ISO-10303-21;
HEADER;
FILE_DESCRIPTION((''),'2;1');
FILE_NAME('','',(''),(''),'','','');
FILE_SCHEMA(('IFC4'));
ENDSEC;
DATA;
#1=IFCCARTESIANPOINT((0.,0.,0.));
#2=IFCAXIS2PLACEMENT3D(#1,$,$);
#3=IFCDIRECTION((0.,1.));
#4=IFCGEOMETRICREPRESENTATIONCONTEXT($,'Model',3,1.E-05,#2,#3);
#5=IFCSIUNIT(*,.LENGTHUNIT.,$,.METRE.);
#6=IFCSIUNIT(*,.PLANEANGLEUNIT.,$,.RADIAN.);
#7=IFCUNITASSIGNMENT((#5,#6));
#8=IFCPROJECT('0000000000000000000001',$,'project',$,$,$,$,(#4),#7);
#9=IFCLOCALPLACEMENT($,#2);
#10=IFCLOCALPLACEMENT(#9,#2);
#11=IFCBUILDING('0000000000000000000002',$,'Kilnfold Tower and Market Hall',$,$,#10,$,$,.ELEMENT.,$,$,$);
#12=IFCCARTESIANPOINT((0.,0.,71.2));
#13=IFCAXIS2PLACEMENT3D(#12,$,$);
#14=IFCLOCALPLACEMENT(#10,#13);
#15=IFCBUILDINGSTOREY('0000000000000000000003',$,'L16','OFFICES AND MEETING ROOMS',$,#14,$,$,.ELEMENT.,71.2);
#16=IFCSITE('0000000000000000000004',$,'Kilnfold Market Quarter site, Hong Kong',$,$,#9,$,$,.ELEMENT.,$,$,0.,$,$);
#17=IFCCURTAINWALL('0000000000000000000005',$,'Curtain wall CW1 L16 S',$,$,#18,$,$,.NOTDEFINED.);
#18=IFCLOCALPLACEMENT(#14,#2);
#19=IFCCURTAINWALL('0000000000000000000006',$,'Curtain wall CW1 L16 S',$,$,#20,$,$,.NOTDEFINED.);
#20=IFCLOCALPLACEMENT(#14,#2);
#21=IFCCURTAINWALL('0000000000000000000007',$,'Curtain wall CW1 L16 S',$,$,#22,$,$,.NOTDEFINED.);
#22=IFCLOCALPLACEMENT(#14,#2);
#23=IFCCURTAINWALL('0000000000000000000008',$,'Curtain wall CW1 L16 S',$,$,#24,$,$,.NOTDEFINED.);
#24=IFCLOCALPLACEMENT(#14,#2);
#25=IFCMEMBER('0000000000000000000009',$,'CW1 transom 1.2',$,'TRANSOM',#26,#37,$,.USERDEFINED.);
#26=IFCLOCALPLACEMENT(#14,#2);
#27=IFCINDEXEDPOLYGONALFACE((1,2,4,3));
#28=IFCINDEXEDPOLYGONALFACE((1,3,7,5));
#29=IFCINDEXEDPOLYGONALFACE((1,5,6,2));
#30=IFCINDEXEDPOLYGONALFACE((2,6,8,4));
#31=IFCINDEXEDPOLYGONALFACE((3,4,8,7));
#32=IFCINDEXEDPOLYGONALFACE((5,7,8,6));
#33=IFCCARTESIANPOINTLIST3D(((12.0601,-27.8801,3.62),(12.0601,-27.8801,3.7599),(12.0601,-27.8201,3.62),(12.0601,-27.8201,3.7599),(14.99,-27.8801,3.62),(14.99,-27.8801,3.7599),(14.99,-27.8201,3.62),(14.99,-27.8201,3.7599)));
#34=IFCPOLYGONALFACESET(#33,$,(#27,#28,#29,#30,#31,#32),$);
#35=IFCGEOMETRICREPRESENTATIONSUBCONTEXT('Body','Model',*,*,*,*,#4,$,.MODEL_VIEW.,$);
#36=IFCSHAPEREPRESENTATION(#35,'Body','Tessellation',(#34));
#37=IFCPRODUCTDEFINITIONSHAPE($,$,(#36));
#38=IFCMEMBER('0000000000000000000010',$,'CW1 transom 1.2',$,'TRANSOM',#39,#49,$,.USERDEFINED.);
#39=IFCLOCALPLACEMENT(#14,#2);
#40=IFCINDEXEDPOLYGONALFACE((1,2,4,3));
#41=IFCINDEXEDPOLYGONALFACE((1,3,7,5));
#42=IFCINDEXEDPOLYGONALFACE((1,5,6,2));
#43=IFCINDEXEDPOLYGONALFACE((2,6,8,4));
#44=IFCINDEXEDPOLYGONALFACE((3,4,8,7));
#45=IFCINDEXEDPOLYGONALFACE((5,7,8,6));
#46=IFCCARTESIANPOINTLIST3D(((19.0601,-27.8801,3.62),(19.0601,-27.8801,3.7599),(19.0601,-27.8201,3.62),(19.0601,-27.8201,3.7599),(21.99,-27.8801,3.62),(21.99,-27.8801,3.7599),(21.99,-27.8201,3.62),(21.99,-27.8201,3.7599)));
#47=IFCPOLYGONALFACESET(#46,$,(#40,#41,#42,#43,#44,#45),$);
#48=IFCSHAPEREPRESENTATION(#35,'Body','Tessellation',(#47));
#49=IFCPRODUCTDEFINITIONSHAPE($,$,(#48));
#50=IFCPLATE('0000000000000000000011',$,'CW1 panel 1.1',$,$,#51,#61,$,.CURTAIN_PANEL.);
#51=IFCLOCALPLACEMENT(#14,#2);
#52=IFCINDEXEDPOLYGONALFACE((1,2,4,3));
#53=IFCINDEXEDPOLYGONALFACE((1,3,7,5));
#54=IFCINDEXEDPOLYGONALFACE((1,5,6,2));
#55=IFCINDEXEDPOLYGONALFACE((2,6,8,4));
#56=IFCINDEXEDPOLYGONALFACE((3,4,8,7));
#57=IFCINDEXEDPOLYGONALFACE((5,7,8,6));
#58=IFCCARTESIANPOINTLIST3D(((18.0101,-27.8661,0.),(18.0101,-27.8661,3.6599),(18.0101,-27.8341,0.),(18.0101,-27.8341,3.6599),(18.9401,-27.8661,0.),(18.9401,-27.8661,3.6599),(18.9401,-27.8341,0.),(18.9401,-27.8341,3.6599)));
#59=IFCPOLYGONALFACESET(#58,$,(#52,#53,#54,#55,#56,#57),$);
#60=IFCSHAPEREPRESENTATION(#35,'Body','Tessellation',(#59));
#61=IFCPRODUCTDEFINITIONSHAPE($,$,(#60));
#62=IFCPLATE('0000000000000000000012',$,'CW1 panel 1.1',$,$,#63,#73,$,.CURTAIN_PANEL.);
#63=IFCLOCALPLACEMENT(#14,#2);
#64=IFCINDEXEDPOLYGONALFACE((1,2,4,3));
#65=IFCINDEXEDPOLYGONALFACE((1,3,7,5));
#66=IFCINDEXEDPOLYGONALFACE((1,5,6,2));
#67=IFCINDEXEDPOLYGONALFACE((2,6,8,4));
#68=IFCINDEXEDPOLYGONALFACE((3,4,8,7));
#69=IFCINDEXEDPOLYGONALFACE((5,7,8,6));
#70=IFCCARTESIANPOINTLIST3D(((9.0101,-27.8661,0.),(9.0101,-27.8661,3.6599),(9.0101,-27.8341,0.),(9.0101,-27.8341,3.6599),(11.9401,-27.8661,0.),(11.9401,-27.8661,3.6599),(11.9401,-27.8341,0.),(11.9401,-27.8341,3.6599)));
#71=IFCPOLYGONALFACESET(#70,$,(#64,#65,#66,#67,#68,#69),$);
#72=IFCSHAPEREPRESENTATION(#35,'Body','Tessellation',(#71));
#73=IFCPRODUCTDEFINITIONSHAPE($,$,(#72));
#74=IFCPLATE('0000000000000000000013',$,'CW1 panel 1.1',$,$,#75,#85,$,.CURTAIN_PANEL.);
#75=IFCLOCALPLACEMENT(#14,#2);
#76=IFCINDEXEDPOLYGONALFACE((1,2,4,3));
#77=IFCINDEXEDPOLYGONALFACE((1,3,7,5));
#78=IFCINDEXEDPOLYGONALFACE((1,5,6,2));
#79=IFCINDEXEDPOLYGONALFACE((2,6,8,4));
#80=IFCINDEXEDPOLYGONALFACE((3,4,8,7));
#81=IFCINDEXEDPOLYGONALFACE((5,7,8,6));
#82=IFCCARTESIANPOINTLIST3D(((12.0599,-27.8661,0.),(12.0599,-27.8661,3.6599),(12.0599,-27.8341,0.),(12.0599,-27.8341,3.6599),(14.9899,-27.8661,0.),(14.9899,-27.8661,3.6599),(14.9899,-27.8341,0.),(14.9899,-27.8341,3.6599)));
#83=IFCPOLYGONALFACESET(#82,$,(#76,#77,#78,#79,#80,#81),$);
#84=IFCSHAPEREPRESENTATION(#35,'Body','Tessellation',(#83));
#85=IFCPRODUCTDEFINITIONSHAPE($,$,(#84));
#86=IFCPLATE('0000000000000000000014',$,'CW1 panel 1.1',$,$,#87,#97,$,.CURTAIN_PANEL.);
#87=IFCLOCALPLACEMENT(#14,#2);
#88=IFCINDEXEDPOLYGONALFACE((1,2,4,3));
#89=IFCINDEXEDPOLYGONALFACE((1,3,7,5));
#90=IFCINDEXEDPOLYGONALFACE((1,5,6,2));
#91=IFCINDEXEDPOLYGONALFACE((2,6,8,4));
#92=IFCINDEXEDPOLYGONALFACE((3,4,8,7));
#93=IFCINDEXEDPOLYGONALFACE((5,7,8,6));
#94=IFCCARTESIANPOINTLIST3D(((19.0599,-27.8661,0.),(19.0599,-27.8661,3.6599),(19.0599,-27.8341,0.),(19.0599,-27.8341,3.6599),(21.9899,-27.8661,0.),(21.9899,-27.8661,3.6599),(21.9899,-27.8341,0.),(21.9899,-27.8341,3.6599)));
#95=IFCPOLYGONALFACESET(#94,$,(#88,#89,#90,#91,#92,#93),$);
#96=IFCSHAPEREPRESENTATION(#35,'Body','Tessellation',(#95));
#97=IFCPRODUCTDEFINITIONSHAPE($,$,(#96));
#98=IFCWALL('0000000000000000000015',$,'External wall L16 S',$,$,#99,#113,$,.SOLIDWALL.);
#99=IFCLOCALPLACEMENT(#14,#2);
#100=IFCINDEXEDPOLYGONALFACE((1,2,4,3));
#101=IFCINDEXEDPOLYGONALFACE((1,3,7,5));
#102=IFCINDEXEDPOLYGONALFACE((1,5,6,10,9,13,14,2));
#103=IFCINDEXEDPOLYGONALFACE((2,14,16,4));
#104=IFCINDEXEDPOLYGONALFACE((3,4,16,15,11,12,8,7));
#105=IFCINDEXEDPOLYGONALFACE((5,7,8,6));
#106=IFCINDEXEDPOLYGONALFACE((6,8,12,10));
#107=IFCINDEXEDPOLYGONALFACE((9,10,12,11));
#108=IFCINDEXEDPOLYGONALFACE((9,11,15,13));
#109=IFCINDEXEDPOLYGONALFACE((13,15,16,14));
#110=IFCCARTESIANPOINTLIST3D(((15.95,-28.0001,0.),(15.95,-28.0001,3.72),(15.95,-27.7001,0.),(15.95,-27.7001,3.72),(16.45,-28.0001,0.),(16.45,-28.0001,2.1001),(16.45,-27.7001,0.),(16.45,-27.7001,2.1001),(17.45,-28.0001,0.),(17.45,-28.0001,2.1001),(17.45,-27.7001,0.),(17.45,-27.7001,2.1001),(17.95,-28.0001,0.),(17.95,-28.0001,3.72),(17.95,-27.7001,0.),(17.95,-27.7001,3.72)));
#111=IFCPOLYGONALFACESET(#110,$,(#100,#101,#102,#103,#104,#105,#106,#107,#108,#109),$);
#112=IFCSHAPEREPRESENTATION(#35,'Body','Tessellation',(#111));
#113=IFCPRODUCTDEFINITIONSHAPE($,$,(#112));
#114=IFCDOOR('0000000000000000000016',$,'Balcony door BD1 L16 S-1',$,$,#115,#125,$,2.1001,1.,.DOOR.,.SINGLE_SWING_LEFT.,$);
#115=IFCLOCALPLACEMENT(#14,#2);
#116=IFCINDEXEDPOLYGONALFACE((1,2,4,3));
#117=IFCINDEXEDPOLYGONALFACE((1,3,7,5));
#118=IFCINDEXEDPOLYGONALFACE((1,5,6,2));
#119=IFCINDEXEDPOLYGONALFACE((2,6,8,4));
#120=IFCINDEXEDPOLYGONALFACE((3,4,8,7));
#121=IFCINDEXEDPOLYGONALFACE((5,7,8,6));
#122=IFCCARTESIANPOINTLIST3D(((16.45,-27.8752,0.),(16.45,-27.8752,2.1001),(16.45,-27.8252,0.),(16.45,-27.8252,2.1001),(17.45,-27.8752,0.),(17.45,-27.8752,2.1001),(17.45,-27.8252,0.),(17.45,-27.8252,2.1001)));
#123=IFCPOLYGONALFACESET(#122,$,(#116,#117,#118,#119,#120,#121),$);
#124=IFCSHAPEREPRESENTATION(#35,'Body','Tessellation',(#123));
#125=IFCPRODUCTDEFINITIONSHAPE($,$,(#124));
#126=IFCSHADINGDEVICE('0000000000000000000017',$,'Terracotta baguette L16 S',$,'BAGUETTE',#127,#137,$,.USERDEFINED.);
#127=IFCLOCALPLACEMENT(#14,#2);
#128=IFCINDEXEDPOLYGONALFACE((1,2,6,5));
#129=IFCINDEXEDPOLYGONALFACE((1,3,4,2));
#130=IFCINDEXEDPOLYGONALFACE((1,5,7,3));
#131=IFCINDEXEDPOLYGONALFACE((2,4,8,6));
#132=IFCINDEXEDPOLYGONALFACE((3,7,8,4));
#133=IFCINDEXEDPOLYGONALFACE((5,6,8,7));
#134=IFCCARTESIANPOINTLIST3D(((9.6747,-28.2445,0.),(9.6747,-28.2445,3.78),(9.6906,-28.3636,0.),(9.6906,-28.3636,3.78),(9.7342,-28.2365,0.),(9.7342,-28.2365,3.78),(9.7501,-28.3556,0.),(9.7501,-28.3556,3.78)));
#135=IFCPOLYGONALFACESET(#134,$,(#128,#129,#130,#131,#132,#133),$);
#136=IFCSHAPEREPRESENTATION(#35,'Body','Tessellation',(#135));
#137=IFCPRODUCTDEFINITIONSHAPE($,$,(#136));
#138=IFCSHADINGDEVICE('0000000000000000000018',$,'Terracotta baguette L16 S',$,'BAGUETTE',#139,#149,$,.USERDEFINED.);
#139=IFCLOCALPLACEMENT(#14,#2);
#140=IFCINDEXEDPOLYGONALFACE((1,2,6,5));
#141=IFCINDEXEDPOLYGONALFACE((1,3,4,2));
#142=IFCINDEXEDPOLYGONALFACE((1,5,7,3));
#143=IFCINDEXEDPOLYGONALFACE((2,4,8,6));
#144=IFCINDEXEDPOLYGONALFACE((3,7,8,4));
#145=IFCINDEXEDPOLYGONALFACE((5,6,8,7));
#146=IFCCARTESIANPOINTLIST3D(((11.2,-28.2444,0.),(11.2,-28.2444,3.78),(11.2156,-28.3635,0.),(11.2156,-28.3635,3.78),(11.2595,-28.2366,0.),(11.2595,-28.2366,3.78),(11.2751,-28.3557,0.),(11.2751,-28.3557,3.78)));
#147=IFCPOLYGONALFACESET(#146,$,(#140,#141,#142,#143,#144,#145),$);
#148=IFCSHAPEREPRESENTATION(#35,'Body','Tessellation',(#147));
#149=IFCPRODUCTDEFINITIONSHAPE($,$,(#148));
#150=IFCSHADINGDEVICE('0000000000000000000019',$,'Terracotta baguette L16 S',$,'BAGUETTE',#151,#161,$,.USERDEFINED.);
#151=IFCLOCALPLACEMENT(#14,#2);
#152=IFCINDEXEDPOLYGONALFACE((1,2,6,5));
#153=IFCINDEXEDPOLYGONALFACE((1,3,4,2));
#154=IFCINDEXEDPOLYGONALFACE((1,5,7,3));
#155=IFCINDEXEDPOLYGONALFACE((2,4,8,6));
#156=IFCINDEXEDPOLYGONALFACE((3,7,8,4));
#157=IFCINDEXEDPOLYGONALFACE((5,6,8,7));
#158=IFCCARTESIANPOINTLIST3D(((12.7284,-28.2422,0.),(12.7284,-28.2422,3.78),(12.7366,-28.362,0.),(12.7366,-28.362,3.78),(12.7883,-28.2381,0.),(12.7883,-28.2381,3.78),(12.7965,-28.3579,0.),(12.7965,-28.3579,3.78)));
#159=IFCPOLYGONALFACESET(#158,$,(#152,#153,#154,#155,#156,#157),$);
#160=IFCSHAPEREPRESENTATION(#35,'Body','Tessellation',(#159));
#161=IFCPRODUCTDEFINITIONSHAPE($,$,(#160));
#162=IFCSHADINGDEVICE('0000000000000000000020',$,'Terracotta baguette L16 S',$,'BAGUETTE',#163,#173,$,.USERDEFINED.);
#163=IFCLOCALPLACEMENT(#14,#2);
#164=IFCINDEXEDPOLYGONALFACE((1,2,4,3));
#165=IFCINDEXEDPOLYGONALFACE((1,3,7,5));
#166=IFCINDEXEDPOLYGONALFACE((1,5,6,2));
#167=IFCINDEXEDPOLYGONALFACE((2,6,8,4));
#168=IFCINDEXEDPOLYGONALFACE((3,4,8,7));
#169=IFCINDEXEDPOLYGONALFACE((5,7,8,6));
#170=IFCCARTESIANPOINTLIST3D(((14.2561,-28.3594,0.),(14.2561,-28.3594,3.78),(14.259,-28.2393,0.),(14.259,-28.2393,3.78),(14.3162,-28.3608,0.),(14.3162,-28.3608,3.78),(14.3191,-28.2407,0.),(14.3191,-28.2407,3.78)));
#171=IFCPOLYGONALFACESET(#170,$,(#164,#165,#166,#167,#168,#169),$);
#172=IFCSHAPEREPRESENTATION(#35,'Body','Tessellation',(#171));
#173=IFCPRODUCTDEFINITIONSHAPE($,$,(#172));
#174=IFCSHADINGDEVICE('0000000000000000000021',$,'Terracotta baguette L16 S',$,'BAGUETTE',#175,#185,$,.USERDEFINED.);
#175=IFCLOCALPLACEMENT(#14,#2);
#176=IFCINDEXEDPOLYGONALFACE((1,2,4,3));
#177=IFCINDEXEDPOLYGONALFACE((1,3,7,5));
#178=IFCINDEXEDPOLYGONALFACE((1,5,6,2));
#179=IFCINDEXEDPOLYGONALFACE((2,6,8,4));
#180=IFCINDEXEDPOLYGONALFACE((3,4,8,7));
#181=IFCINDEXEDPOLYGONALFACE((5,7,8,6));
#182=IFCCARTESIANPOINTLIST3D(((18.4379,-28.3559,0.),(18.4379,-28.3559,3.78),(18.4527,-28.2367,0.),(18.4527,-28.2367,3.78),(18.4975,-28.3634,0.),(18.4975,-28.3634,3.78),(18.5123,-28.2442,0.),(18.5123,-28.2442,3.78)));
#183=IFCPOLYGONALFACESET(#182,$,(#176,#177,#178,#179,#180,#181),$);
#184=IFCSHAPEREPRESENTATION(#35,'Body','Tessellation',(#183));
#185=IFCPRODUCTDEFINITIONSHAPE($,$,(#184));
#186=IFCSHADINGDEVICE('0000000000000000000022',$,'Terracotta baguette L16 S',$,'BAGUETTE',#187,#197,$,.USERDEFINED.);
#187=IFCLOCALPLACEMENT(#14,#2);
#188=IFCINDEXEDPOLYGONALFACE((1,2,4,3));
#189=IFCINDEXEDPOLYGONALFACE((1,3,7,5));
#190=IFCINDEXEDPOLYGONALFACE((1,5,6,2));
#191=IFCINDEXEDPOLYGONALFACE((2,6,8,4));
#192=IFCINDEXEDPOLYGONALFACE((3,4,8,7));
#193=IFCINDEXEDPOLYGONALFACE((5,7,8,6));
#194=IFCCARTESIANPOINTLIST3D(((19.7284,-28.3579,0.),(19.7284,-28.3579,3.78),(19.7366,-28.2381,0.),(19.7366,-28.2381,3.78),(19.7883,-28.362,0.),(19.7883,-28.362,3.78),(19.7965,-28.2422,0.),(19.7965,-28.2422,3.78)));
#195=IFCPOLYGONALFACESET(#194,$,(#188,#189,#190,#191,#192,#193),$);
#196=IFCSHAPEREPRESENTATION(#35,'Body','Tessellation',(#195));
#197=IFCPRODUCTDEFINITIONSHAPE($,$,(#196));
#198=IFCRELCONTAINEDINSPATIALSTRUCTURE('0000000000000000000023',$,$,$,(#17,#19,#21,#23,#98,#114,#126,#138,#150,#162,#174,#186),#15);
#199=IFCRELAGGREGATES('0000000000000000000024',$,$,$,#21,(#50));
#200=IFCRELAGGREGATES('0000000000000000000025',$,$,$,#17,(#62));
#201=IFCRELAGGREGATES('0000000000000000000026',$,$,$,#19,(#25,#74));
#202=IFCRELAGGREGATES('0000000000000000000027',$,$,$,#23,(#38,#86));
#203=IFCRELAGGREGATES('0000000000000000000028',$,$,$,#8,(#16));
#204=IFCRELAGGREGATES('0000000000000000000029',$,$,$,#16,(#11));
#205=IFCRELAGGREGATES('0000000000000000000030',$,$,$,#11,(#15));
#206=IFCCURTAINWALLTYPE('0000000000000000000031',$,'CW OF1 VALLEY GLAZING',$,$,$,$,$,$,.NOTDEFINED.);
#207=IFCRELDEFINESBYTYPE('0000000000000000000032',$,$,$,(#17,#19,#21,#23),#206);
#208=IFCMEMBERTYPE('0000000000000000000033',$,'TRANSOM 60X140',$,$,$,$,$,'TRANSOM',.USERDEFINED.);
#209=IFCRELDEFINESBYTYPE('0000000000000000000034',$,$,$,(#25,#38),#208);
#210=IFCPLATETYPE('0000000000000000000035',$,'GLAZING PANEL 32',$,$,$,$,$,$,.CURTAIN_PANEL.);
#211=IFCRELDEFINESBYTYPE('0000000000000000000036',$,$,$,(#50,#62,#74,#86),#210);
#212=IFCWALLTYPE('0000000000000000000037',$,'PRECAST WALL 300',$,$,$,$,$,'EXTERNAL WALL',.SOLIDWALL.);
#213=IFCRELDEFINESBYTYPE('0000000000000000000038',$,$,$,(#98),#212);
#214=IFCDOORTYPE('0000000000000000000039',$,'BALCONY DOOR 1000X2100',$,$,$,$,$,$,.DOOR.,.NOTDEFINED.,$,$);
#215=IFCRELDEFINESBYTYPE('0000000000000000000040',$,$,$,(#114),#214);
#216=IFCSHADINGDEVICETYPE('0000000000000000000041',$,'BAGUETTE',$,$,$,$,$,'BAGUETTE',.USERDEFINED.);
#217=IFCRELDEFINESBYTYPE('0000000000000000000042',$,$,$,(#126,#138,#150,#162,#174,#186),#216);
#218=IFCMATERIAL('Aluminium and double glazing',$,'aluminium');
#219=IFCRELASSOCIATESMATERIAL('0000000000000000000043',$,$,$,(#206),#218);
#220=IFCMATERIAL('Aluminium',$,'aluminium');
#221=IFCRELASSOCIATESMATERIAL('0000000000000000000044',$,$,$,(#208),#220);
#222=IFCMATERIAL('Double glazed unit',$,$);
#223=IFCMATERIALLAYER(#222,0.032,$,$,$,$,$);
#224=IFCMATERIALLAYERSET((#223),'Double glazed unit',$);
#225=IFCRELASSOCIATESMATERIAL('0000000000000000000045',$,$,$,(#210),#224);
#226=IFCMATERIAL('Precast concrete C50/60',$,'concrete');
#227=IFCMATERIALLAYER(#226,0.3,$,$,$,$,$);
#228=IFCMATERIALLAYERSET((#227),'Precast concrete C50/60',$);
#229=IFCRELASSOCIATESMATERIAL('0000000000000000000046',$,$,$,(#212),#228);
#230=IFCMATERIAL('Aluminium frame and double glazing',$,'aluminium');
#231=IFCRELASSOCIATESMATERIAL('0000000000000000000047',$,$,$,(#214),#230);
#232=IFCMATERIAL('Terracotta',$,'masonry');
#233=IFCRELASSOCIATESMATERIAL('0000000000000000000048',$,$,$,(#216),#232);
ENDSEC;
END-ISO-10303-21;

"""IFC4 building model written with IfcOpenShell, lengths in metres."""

from ifc_helpers import new_model, si_unit, direction, frame, frame_2d, origin, origin_2d, place, context, subcontext, project, spatial, rectangle, extrude, source, transform, mapped, material, layer, layer_set, material_profile, profile_set, type_object, element, fill, aggregate, save


model = new_model("IFC4")

# Units and contexts
model_context = context("Model", 3, precision=1e-05, world=origin(), true_north=direction((0.0, 1.0)))
body_context = subcontext(model_context, "Body", "Model", "MODEL_VIEW")
ifc_project = project(units=[si_unit("LENGTHUNIT", "METRE"), si_unit("PLANEANGLEUNIT", "RADIAN")], contexts=[model_context])

# Site, building, storey
site_placement = place(None, origin())
site = spatial("IfcSite", under=ifc_project, at=site_placement, Name="Kilnfold Market Quarter site, Hong Kong", CompositionType="ELEMENT", RefElevation=0.0)
building_placement = place(site_placement, origin())
building = spatial("IfcBuilding", under=site, at=building_placement, Name="Kilnfold Tower and Market Hall", CompositionType="ELEMENT")
storey_placement = place(building_placement, frame((0.0, 0.0, 71.2)))
storey = spatial("IfcBuildingStorey", under=building, at=storey_placement, Name="L16", Description="OFFICES AND MEETING ROOMS", CompositionType="ELEMENT", Elevation=71.2)

# Shared definitions
ifc_material_1 = material(Name="Aluminium and double glazing", Category="aluminium")
curtain_wall_type = type_object("IfcCurtainWallType", Name="CW OF1 VALLEY GLAZING", PredefinedType="NOTDEFINED", material=ifc_material_1)

# Curtain walls
curtain_wall_1_placement = place(storey_placement, origin())
curtain_wall_1 = element("IfcCurtainWall", 1, at=curtain_wall_1_placement, inside=storey, type_object=curtain_wall_type, Name="Curtain wall CW1 L16 S", PredefinedType="NOTDEFINED")
curtain_wall_2_placement = place(storey_placement, origin())
curtain_wall_2 = element("IfcCurtainWall", 2, at=curtain_wall_2_placement, inside=storey, type_object=curtain_wall_type, Name="Curtain wall CW1 L16 S", PredefinedType="NOTDEFINED")
curtain_wall_3_placement = place(storey_placement, origin())
curtain_wall_3 = element("IfcCurtainWall", 3, at=curtain_wall_3_placement, inside=storey, type_object=curtain_wall_type, Name="Curtain wall CW1 L16 S", PredefinedType="NOTDEFINED")
curtain_wall_4_placement = place(storey_placement, origin())
curtain_wall_4 = element("IfcCurtainWall", 4, at=curtain_wall_4_placement, inside=storey, type_object=curtain_wall_type, Name="Curtain wall CW1 L16 S", PredefinedType="NOTDEFINED")

# Members
ifc_material_2 = material(Name="Aluminium", Category="aluminium")
ifc_material_profile_1 = material_profile(ifc_material_2, rectangle(XDim=0.0601, YDim=0.1399, at=origin_2d()), Name="TRANSOM 60x140")
ifc_profile_set_1 = profile_set([ifc_material_profile_1], Name="Aluminium")
member_type_1 = type_object("IfcMemberType", Name="TRANSOM 60X140", ElementType="TRANSOM", PredefinedType="USERDEFINED", material=ifc_profile_set_1)
shared_shape_1 = source(origin(), body_context, "Body", "SweptSolid", [
    extrude(rectangle(XDim=0.0601, YDim=0.1399, at=origin_2d()), origin(), (0.0, 0.0, 1.0), 2.9299),
])
member_1_placement = place(storey_placement, frame((12.0601, -27.8501, 3.6899), z_axis=(1.0, 0.0, 0.0), x_axis=(0.0, 1.0, 0.0)))
member_1 = element("IfcMember", 5, at=member_1_placement, type_object=member_type_1, Name="CW1 transom 1.2", ObjectType="TRANSOM", PredefinedType="USERDEFINED", context=body_context, shape_type="MappedRepresentation", body=[
    mapped(shared_shape_1, transform((0.0, 0.0, 0.0))),
])
member_2_placement = place(storey_placement, frame((19.0601, -27.8501, 3.6899), z_axis=(1.0, 0.0, 0.0), x_axis=(0.0, 1.0, 0.0)))
member_2 = element("IfcMember", 6, at=member_2_placement, type_object=member_type_1, Name="CW1 transom 1.2", ObjectType="TRANSOM", PredefinedType="USERDEFINED", context=body_context, shape_type="MappedRepresentation", body=[
    mapped(shared_shape_1, transform((0.0, 0.0, 0.0))),
])

# Plates
ifc_material_3 = material(Name="Double glazed unit")
ifc_layer_1 = layer(ifc_material_3, 0.032)
ifc_layer_set_1 = layer_set([ifc_layer_1], Name="Double glazed unit")
plate_type = type_object("IfcPlateType", Name="GLAZING PANEL 32", PredefinedType="CURTAIN_PANEL", material=ifc_layer_set_1)
shared_shape_2 = source(origin(), body_context, "Body", "SweptSolid", [
    extrude(rectangle(XDim=0.9299, YDim=0.032, at=origin_2d()), origin(), (0.0, 0.0, 1.0), 3.6599),
])
plate_1_placement = place(storey_placement, frame((18.4751, -27.8501, 0.0), z_axis=(0.0, 0.0, 1.0), x_axis=(1.0, 0.0, 0.0)))
plate_1 = element("IfcPlate", 7, at=plate_1_placement, type_object=plate_type, Name="CW1 panel 1.1", PredefinedType="CURTAIN_PANEL", context=body_context, shape_type="MappedRepresentation", body=[
    mapped(shared_shape_2, transform((0.0, 0.0, 0.0))),
])
aggregate(curtain_wall_3, [plate_1])
shared_shape_3 = source(origin(), body_context, "Body", "SweptSolid", [
    extrude(rectangle(XDim=2.9299, YDim=0.032, at=origin_2d()), origin(), (0.0, 0.0, 1.0), 3.6599),
])
plate_2_placement = place(storey_placement, frame((10.4751, -27.8501, 0.0), z_axis=(0.0, 0.0, 1.0), x_axis=(1.0, 0.0, 0.0)))
plate_2 = element("IfcPlate", 8, at=plate_2_placement, type_object=plate_type, Name="CW1 panel 1.1", PredefinedType="CURTAIN_PANEL", context=body_context, shape_type="MappedRepresentation", body=[
    mapped(shared_shape_3, transform((0.0, 0.0, 0.0))),
])
aggregate(curtain_wall_1, [plate_2])
plate_3_placement = place(storey_placement, frame((13.5249, -27.8501, 0.0), z_axis=(0.0, 0.0, 1.0), x_axis=(1.0, 0.0, 0.0)))
plate_3 = element("IfcPlate", 9, at=plate_3_placement, type_object=plate_type, Name="CW1 panel 1.1", PredefinedType="CURTAIN_PANEL", context=body_context, shape_type="MappedRepresentation", body=[
    mapped(shared_shape_3, transform((0.0, 0.0, 0.0))),
])
aggregate(curtain_wall_2, [member_1, plate_3])
plate_4_placement = place(storey_placement, frame((20.5249, -27.8501, 0.0), z_axis=(0.0, 0.0, 1.0), x_axis=(1.0, 0.0, 0.0)))
plate_4 = element("IfcPlate", 10, at=plate_4_placement, type_object=plate_type, Name="CW1 panel 1.1", PredefinedType="CURTAIN_PANEL", context=body_context, shape_type="MappedRepresentation", body=[
    mapped(shared_shape_3, transform((0.0, 0.0, 0.0))),
])
aggregate(curtain_wall_4, [member_2, plate_4])

# Wall, opening, door
ifc_material_4 = material(Name="Precast concrete C50/60", Category="concrete")
ifc_layer_2 = layer(ifc_material_4, 0.3)
ifc_layer_set_2 = layer_set([ifc_layer_2], Name="Precast concrete C50/60")
wall_type = type_object("IfcWallType", Name="PRECAST WALL 300", ElementType="EXTERNAL WALL", PredefinedType="SOLIDWALL", material=ifc_layer_set_2)
shared_shape_4 = source(origin(), body_context, "Body", "SweptSolid", [
    extrude(rectangle(XDim=2.0, YDim=0.3, at=frame_2d((1.0, 0.0))), origin(), (0.0, 0.0, 1.0), 3.72),
])
wall_placement = place(storey_placement, frame((15.95, -27.8501, 0.0), z_axis=(0.0, 0.0, 1.0), x_axis=(1.0, 0.0, 0.0)))
wall = element("IfcWall", 11, at=wall_placement, inside=storey, type_object=wall_type, Name="External wall L16 S", PredefinedType="SOLIDWALL", context=body_context, shape_type="MappedRepresentation", body=[
    mapped(shared_shape_4, transform((0.0, 0.0, 0.0))),
])
opening_placement = place(wall_placement, frame((0.5, 0.0, 0.0)))
opening = element("IfcOpeningElement", 12, at=opening_placement, cuts=wall, PredefinedType="OPENING", context=body_context, shape_type="SweptSolid", body=[
    extrude(rectangle(XDim=1.0, YDim=2.1001, at=frame_2d((0.5, 1.05))), frame((0.0, 0.1602, 0.0), z_axis=(0.0, -1.0, 0.0), x_axis=(1.0, 0.0, 0.0)), (0.0, 0.0, 1.0), 0.3201),
])
ifc_material_5 = material(Name="Aluminium frame and double glazing", Category="aluminium")
door_type = type_object("IfcDoorType", Name="BALCONY DOOR 1000X2100", OperationType="NOTDEFINED", PredefinedType="DOOR", material=ifc_material_5)
door_placement = place(opening_placement, origin())
door = element("IfcDoor", 13, at=door_placement, inside=storey, type_object=door_type, Name="Balcony door BD1 L16 S-1", OperationType="SINGLE_SWING_LEFT", OverallHeight=2.1001, OverallWidth=1.0, PredefinedType="DOOR", context=body_context, shape_type="SweptSolid", body=[
    extrude(rectangle(XDim=1.0, YDim=2.1001, at=frame_2d((0.5, 1.05))), frame((0.0, 0.0249, 0.0), z_axis=(0.0, -1.0, 0.0), x_axis=(1.0, 0.0, 0.0)), (0.0, 0.0, 1.0), 0.05),
])
fill(opening, door)

# Shading devices
ifc_material_6 = material(Name="Terracotta", Category="masonry")
ifc_material_profile_2 = material_profile(ifc_material_6, rectangle(XDim=0.0601, YDim=0.1201, at=origin_2d()), Name="BAG 60x120")
ifc_profile_set_2 = profile_set([ifc_material_profile_2], Name="Terracotta")
shading_device_type = type_object("IfcShadingDeviceType", Name="BAGUETTE", ElementType="BAGUETTE", PredefinedType="USERDEFINED", material=ifc_profile_set_2)
shared_shape_5 = source(origin(), body_context, "Body", "SweptSolid", [
    extrude(rectangle(XDim=0.0601, YDim=0.1201, at=origin_2d()), origin(), (0.0, 0.0, 1.0), 3.78),
])
for number, where, z_axis, x_axis, name in (
    (14, (9.7124, -28.3, 0.0), (0.0, 0.0, 1.0), (0.991174, 0.132564, 0.0), "Terracotta baguette L16 S"),
    (15, (11.2375, -28.3, 0.0), (0.0, 0.0, 1.0), (0.991566, 0.129606, 0.0), "Terracotta baguette L16 S"),
    (16, (12.7625, -28.3, 0.0), (0.0, 0.0, 1.0), (0.997659, 0.06839, 0.0), "Terracotta baguette L16 S"),
    (17, (14.2876, -28.3, 0.0), (0.0, 0.0, 1.0), (0.999714, -0.02391, 0.0), "Terracotta baguette L16 S"),
    (18, (18.4751, -28.3, 0.0), (0.0, 0.0, 1.0), (0.992346, -0.123489, 0.0), "Terracotta baguette L16 S"),
    (19, (19.7625, -28.3, 0.0), (0.0, 0.0, 1.0), (0.997659, -0.06839, 0.0), "Terracotta baguette L16 S"),
):
    element("IfcShadingDevice", number, at=place(storey_placement, frame(where, z_axis=z_axis, x_axis=x_axis)), inside=storey, type_object=shading_device_type, Name=name, ObjectType="BAGUETTE", PredefinedType="USERDEFINED", context=body_context, shape_type="MappedRepresentation", body=[
        mapped(shared_shape_5, transform((0.0, 0.0, 0.0))),
    ])

save(model, "model.ifc")
